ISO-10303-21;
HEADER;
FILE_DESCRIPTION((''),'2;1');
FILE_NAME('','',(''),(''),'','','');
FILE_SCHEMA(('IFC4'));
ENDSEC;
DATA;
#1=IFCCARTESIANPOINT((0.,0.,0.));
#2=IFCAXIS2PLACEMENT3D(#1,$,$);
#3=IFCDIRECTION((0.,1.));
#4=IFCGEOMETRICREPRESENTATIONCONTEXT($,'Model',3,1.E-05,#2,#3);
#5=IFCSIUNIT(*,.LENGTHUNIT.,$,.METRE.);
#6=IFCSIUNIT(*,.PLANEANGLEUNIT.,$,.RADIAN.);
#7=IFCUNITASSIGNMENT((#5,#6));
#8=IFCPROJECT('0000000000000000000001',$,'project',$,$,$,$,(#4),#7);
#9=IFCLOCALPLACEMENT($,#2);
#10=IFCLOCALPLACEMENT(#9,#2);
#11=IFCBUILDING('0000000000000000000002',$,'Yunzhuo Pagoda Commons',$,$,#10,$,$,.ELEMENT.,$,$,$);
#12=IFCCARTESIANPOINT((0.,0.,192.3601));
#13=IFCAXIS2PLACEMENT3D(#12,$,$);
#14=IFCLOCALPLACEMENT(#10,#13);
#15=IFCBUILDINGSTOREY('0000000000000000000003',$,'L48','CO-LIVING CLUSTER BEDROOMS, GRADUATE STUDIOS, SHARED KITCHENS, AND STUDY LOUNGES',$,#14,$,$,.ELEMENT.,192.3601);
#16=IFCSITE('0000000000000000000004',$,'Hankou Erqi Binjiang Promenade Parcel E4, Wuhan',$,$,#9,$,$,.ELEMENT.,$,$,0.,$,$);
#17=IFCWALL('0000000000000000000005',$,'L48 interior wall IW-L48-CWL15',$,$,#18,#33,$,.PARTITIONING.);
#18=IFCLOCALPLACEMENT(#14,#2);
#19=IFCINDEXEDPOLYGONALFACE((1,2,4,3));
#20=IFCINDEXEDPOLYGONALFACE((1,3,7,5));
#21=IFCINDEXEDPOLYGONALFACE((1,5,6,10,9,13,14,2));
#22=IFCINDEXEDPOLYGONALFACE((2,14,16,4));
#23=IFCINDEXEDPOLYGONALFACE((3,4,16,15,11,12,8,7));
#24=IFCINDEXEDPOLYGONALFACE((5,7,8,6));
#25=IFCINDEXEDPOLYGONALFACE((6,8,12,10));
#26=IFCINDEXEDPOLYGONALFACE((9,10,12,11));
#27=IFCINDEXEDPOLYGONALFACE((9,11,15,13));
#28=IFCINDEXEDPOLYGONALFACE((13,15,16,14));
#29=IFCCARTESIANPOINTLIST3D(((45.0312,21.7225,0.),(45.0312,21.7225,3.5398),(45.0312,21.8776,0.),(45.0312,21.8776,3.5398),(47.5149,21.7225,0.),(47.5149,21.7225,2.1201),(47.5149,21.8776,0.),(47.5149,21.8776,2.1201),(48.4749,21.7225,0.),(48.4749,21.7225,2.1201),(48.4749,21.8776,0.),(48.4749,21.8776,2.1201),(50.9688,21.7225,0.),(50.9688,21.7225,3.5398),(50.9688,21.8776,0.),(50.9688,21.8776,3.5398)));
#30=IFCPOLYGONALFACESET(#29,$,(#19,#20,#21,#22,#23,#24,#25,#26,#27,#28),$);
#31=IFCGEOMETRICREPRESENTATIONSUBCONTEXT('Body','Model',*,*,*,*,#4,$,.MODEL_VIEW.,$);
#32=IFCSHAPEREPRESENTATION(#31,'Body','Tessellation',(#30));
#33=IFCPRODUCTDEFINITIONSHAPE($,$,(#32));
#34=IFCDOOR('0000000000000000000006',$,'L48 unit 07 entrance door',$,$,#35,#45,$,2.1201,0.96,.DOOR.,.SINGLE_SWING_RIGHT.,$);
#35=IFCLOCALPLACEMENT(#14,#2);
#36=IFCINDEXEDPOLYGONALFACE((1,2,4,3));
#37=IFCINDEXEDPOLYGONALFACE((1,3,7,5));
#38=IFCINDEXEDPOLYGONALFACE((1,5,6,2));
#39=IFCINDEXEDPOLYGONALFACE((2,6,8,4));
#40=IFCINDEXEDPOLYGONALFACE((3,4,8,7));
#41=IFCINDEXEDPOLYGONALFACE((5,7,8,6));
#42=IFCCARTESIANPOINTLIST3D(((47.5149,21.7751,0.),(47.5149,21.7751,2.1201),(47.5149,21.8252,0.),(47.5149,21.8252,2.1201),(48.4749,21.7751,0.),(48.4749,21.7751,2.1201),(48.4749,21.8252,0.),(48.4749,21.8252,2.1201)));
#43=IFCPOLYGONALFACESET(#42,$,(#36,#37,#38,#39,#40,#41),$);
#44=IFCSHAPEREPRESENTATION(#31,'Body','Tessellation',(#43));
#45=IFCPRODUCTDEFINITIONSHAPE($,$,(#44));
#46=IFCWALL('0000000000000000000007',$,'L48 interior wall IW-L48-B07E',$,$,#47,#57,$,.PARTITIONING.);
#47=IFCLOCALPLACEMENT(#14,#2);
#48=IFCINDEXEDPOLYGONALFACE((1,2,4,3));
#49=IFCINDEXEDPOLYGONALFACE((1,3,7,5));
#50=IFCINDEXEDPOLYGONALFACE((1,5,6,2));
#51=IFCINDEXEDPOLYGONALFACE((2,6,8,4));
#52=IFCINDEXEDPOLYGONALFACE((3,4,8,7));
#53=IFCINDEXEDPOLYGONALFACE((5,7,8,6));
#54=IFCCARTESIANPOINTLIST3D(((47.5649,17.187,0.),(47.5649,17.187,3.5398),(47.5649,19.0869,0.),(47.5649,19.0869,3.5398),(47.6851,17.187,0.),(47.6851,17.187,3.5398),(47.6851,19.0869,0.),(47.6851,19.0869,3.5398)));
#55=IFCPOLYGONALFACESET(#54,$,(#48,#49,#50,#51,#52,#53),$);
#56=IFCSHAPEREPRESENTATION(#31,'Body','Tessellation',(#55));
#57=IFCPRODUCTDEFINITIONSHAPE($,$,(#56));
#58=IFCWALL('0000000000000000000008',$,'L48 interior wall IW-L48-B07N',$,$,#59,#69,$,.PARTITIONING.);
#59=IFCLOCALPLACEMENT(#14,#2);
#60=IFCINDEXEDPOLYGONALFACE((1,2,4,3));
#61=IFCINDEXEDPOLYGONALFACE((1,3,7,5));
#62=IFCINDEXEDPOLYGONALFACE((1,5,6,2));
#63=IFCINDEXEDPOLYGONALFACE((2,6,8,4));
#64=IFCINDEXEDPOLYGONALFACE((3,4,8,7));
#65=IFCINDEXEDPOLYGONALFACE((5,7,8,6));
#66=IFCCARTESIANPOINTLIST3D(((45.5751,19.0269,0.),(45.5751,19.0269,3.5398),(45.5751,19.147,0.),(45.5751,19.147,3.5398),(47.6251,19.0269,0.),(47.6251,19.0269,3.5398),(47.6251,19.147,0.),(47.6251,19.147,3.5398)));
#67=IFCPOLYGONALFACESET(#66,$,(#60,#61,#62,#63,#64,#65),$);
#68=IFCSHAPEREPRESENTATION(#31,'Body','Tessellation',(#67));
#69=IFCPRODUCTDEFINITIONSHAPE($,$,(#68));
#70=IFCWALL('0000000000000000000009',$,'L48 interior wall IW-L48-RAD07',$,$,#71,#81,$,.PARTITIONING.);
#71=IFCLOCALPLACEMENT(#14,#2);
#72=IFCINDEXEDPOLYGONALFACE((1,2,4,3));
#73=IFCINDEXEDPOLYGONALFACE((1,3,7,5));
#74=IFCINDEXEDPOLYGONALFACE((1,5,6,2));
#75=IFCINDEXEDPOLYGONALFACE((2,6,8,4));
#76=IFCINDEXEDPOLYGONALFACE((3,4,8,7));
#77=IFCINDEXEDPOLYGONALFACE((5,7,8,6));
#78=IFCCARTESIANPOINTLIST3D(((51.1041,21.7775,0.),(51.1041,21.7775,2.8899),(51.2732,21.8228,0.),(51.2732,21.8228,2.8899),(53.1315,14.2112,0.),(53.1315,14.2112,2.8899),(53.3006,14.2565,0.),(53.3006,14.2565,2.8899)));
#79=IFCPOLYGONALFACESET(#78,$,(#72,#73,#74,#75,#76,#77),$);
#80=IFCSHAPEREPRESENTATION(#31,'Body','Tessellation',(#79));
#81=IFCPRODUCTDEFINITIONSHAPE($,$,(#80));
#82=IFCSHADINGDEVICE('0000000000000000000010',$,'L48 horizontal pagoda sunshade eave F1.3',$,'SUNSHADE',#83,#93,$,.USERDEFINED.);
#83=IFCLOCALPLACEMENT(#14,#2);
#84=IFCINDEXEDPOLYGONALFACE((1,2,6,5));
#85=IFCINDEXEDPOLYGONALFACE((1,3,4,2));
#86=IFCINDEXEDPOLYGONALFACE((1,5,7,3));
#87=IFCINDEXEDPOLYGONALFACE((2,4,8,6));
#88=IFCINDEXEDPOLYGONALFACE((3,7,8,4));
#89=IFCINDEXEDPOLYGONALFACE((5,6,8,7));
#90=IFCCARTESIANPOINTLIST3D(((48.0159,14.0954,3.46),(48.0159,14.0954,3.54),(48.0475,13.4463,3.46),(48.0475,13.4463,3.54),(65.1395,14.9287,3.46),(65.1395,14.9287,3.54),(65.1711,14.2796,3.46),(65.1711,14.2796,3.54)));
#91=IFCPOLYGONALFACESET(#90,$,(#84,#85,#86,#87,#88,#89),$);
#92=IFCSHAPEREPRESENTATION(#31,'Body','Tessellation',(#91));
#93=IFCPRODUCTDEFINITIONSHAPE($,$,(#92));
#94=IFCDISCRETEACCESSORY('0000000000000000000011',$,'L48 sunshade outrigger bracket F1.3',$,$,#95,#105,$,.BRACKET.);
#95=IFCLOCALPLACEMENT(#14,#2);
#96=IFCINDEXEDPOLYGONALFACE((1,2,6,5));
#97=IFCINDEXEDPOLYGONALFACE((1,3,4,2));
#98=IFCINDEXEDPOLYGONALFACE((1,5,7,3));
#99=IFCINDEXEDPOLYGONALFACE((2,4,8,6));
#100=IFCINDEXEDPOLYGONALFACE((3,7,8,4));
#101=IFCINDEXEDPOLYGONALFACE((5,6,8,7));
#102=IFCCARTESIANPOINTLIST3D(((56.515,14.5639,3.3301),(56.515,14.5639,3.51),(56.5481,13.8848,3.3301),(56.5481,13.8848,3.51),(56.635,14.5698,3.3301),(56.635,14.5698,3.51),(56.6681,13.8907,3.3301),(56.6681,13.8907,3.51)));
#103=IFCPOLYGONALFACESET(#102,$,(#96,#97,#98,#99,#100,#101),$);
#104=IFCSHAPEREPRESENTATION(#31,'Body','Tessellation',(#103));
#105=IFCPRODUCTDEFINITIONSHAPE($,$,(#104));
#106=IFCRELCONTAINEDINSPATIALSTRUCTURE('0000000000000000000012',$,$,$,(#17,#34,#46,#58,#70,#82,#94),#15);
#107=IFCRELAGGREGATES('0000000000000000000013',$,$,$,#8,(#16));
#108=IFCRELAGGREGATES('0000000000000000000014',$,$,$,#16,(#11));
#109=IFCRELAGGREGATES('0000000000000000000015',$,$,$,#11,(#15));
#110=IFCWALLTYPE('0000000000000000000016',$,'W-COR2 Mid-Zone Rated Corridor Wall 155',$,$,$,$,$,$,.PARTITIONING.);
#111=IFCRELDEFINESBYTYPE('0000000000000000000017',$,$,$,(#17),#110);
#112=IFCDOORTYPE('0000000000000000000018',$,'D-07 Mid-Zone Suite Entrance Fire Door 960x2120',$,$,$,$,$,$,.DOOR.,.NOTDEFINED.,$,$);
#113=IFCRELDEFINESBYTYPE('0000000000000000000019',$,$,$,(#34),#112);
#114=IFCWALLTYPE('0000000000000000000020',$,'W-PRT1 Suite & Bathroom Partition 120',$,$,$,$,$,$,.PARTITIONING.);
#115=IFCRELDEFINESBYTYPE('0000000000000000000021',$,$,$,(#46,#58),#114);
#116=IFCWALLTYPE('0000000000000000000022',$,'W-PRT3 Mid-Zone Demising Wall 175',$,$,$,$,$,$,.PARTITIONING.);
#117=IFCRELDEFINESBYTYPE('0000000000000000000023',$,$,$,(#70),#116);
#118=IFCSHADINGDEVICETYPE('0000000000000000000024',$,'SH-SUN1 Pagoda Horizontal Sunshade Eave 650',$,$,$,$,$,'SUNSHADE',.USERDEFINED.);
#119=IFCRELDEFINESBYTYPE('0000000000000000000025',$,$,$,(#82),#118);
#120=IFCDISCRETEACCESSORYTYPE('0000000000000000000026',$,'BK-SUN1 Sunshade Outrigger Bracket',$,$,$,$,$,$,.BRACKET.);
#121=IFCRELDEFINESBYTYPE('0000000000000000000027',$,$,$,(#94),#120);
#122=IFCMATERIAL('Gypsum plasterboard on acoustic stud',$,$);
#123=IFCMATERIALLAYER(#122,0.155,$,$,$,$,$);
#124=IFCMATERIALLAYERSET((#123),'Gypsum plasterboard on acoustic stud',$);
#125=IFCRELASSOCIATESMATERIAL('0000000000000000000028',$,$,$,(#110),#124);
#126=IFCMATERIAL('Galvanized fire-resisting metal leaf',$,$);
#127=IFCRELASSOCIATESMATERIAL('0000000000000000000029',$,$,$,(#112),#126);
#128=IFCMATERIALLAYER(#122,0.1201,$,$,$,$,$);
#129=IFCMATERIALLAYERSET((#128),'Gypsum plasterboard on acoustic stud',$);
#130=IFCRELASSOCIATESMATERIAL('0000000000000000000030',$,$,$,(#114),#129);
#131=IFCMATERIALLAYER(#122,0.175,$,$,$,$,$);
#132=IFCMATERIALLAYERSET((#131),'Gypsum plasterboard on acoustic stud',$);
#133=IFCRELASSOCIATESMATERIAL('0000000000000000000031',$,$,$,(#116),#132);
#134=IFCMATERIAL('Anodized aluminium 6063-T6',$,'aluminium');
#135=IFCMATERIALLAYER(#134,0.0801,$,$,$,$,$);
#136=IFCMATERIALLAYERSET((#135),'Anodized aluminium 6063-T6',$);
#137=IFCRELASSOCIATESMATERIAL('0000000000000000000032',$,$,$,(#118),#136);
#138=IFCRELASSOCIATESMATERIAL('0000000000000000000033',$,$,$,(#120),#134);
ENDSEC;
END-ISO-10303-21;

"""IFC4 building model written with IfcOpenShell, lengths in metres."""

from ifc_helpers import new_model, si_unit, direction, frame, frame_2d, origin, origin_with_axes, origin_2d, place, context, subcontext, project, spatial, rectangle, extrude, source, transform, mapped, material, layer, layer_set, type_object, element, fill, save


model = new_model("IFC4")

# Units and contexts
model_context = context("Model", 3, precision=1e-05, world=origin(), true_north=direction((0.0, 1.0)))
body_context = subcontext(model_context, "Body", "Model", "MODEL_VIEW")
ifc_project = project(units=[si_unit("LENGTHUNIT", "METRE"), si_unit("PLANEANGLEUNIT", "RADIAN")], contexts=[model_context])

# Site, building, storey
site_placement = place(None, origin())
site = spatial("IfcSite", under=ifc_project, at=site_placement, Name="Hankou Erqi Binjiang Promenade Parcel E4, Wuhan", CompositionType="ELEMENT", RefElevation=0.0)
building_placement = place(site_placement, origin())
building = spatial("IfcBuilding", under=site, at=building_placement, Name="Yunzhuo Pagoda Commons", CompositionType="ELEMENT")
storey_placement = place(building_placement, frame((0.0, 0.0, 192.3601)))
storey = spatial("IfcBuildingStorey", under=building, at=storey_placement, Name="L48", Description="CO-LIVING CLUSTER BEDROOMS, GRADUATE STUDIOS, SHARED KITCHENS, AND STUDY LOUNGES", CompositionType="ELEMENT", Elevation=192.3601)

# Shared definitions
ifc_material_1 = material(Name="Anodized aluminium 6063-T6", Category="aluminium")

# Wall, opening, door
ifc_material_2 = material(Name="Gypsum plasterboard on acoustic stud")
ifc_layer_1 = layer(ifc_material_2, 0.155)
ifc_layer_set_1 = layer_set([ifc_layer_1], Name="Gypsum plasterboard on acoustic stud")
wall_type_1 = type_object("IfcWallType", Name="W-COR2 Mid-Zone Rated Corridor Wall 155", PredefinedType="PARTITIONING", material=ifc_layer_set_1)
wall_1_placement = place(storey_placement, frame((50.9688, 21.8, 0.0), z_axis=(0.0, 0.0, 1.0), x_axis=(-1.0, 0.0, 0.0)))
wall_1 = element("IfcWall", 1, at=wall_1_placement, inside=storey, type_object=wall_type_1, Name="L48 interior wall IW-L48-CWL15", PredefinedType="PARTITIONING", context=body_context, shape_type="SweptSolid", body=[
    extrude(rectangle(XDim=5.9375, YDim=0.155, at=frame_2d((2.9688, 0.0))), origin(), (0.0, 0.0, 1.0), 3.5398),
])
opening_1_placement = place(wall_1_placement, frame((2.4939, 0.0, 0.0)))
opening_1 = element("IfcOpeningElement", 2, at=opening_1_placement, cuts=wall_1, PredefinedType="OPENING", context=body_context, shape_type="SweptSolid", body=[
    extrude(rectangle(XDim=0.96, YDim=2.1201, at=frame_2d((0.48, 1.0601))), frame((0.0, 0.0874, 0.0), z_axis=(0.0, -1.0, 0.0), x_axis=(1.0, 0.0, 0.0)), (0.0, 0.0, 1.0), 0.175),
])
ifc_material_3 = material(Name="Galvanized fire-resisting metal leaf")
door_type_1 = type_object("IfcDoorType", Name="D-07 Mid-Zone Suite Entrance Fire Door 960x2120", OperationType="NOTDEFINED", PredefinedType="DOOR", material=ifc_material_3)
shared_shape_1 = source(origin(), body_context, "Body", "SweptSolid", [
    extrude(rectangle(XDim=0.96, YDim=2.1201, at=frame_2d((0.48, 1.0601))), frame((0.0, 0.0249, 0.0), z_axis=(0.0, -1.0, 0.0), x_axis=(1.0, 0.0, 0.0)), (0.0, 0.0, 1.0), 0.05),
])
door_1_placement = place(opening_1_placement, origin_with_axes())
door_1 = element("IfcDoor", 3, at=door_1_placement, inside=storey, type_object=door_type_1, Name="L48 unit 07 entrance door", OperationType="SINGLE_SWING_RIGHT", OverallHeight=2.1201, OverallWidth=0.96, PredefinedType="DOOR", context=body_context, shape_type="MappedRepresentation", body=[
    mapped(shared_shape_1, transform((0.0, 0.0, 0.0), scale=1.0)),
])
fill(opening_1, door_1)

# Walls
ifc_layer_2 = layer(ifc_material_2, 0.1201)
ifc_layer_set_2 = layer_set([ifc_layer_2], Name="Gypsum plasterboard on acoustic stud")
wall_type_2 = type_object("IfcWallType", Name="W-PRT1 Suite & Bathroom Partition 120", PredefinedType="PARTITIONING", material=ifc_layer_set_2)
wall_2_placement = place(storey_placement, frame((47.625, 17.187, 0.0), z_axis=(0.0, 0.0, 1.0), x_axis=(0.0, 1.0, 0.0)))
element("IfcWall", 4, at=wall_2_placement, inside=storey, type_object=wall_type_2, Name="L48 interior wall IW-L48-B07E", PredefinedType="PARTITIONING", context=body_context, shape_type="SweptSolid", body=[
    extrude(rectangle(XDim=1.8999, YDim=0.1201, at=frame_2d((0.95, 0.0))), origin(), (0.0, 0.0, 1.0), 3.5398),
])
wall_3_placement = place(storey_placement, frame((47.625, 19.0869, 0.0), z_axis=(0.0, 0.0, 1.0), x_axis=(-1.0, 0.0, 0.0)))
element("IfcWall", 5, at=wall_3_placement, inside=storey, type_object=wall_type_2, Name="L48 interior wall IW-L48-B07N", PredefinedType="PARTITIONING", context=body_context, shape_type="SweptSolid", body=[
    extrude(rectangle(XDim=2.05, YDim=0.1201, at=frame_2d((1.0249, 0.0))), origin(), (0.0, 0.0, 1.0), 3.5398),
])
ifc_layer_3 = layer(ifc_material_2, 0.175)
ifc_layer_set_3 = layer_set([ifc_layer_3], Name="Gypsum plasterboard on acoustic stud")
wall_type_3 = type_object("IfcWallType", Name="W-PRT3 Mid-Zone Demising Wall 175", PredefinedType="PARTITIONING", material=ifc_layer_set_3)
wall_4_placement = place(storey_placement, frame((51.1887, 21.8, 0.0), z_axis=(0.0, 0.0, 1.0), x_axis=(0.258811, -0.965928, 0.0)))
element("IfcWall", 6, at=wall_4_placement, inside=storey, type_object=wall_type_3, Name="L48 interior wall IW-L48-RAD07", PredefinedType="PARTITIONING", context=body_context, shape_type="SweptSolid", body=[
    extrude(rectangle(XDim=7.8333, YDim=0.175, at=frame_2d((3.9165, 0.0))), origin(), (0.0, 0.0, 1.0), 2.8899),
])

# Shading device
ifc_layer_4 = layer(ifc_material_1, 0.0801)
ifc_layer_set_4 = layer_set([ifc_layer_4], Name="Anodized aluminium 6063-T6")
shading_device_type = type_object("IfcShadingDeviceType", Name="SH-SUN1 Pagoda Horizontal Sunshade Eave 650", ElementType="SUNSHADE", PredefinedType="USERDEFINED", material=ifc_layer_set_4)
shared_shape_2 = source(origin(), body_context, "Body", "SweptSolid", [
    extrude(rectangle(XDim=17.1438, YDim=0.6499, at=origin_2d()), origin(), (0.0, 0.0, 1.0), 0.0801),
])
shading_device_placement = place(storey_placement, frame((56.5935, 14.1875, 3.46), z_axis=(0.0, 0.0, 1.0), x_axis=(0.998818, 0.048606, 0.0)))
element("IfcShadingDevice", 7, at=shading_device_placement, inside=storey, type_object=shading_device_type, Name="L48 horizontal pagoda sunshade eave F1.3", ObjectType="SUNSHADE", PredefinedType="USERDEFINED", context=body_context, shape_type="MappedRepresentation", body=[
    mapped(shared_shape_2, transform((0.0, 0.0, 0.0), scale=1.0)),
])

# Discrete accessory
discrete_accessory_type = type_object("IfcDiscreteAccessoryType", Name="BK-SUN1 Sunshade Outrigger Bracket", PredefinedType="BRACKET", material=ifc_material_1)
shared_shape_3 = source(origin(), body_context, "Body", "SweptSolid", [
    extrude(rectangle(XDim=0.1201, YDim=0.6799, at=origin_2d()), origin(), (0.0, 0.0, 1.0), 0.1799),
])
discrete_accessory_placement = place(storey_placement, frame((56.5916, 14.2273, 3.3301), z_axis=(0.0, 0.0, 1.0), x_axis=(0.998818, 0.048606, 0.0)))
element("IfcDiscreteAccessory", 8, at=discrete_accessory_placement, inside=storey, type_object=discrete_accessory_type, Name="L48 sunshade outrigger bracket F1.3", PredefinedType="BRACKET", context=body_context, shape_type="MappedRepresentation", body=[
    mapped(shared_shape_3, transform((0.0, 0.0, 0.0), scale=1.0)),
])

save(model, "model.ifc")
